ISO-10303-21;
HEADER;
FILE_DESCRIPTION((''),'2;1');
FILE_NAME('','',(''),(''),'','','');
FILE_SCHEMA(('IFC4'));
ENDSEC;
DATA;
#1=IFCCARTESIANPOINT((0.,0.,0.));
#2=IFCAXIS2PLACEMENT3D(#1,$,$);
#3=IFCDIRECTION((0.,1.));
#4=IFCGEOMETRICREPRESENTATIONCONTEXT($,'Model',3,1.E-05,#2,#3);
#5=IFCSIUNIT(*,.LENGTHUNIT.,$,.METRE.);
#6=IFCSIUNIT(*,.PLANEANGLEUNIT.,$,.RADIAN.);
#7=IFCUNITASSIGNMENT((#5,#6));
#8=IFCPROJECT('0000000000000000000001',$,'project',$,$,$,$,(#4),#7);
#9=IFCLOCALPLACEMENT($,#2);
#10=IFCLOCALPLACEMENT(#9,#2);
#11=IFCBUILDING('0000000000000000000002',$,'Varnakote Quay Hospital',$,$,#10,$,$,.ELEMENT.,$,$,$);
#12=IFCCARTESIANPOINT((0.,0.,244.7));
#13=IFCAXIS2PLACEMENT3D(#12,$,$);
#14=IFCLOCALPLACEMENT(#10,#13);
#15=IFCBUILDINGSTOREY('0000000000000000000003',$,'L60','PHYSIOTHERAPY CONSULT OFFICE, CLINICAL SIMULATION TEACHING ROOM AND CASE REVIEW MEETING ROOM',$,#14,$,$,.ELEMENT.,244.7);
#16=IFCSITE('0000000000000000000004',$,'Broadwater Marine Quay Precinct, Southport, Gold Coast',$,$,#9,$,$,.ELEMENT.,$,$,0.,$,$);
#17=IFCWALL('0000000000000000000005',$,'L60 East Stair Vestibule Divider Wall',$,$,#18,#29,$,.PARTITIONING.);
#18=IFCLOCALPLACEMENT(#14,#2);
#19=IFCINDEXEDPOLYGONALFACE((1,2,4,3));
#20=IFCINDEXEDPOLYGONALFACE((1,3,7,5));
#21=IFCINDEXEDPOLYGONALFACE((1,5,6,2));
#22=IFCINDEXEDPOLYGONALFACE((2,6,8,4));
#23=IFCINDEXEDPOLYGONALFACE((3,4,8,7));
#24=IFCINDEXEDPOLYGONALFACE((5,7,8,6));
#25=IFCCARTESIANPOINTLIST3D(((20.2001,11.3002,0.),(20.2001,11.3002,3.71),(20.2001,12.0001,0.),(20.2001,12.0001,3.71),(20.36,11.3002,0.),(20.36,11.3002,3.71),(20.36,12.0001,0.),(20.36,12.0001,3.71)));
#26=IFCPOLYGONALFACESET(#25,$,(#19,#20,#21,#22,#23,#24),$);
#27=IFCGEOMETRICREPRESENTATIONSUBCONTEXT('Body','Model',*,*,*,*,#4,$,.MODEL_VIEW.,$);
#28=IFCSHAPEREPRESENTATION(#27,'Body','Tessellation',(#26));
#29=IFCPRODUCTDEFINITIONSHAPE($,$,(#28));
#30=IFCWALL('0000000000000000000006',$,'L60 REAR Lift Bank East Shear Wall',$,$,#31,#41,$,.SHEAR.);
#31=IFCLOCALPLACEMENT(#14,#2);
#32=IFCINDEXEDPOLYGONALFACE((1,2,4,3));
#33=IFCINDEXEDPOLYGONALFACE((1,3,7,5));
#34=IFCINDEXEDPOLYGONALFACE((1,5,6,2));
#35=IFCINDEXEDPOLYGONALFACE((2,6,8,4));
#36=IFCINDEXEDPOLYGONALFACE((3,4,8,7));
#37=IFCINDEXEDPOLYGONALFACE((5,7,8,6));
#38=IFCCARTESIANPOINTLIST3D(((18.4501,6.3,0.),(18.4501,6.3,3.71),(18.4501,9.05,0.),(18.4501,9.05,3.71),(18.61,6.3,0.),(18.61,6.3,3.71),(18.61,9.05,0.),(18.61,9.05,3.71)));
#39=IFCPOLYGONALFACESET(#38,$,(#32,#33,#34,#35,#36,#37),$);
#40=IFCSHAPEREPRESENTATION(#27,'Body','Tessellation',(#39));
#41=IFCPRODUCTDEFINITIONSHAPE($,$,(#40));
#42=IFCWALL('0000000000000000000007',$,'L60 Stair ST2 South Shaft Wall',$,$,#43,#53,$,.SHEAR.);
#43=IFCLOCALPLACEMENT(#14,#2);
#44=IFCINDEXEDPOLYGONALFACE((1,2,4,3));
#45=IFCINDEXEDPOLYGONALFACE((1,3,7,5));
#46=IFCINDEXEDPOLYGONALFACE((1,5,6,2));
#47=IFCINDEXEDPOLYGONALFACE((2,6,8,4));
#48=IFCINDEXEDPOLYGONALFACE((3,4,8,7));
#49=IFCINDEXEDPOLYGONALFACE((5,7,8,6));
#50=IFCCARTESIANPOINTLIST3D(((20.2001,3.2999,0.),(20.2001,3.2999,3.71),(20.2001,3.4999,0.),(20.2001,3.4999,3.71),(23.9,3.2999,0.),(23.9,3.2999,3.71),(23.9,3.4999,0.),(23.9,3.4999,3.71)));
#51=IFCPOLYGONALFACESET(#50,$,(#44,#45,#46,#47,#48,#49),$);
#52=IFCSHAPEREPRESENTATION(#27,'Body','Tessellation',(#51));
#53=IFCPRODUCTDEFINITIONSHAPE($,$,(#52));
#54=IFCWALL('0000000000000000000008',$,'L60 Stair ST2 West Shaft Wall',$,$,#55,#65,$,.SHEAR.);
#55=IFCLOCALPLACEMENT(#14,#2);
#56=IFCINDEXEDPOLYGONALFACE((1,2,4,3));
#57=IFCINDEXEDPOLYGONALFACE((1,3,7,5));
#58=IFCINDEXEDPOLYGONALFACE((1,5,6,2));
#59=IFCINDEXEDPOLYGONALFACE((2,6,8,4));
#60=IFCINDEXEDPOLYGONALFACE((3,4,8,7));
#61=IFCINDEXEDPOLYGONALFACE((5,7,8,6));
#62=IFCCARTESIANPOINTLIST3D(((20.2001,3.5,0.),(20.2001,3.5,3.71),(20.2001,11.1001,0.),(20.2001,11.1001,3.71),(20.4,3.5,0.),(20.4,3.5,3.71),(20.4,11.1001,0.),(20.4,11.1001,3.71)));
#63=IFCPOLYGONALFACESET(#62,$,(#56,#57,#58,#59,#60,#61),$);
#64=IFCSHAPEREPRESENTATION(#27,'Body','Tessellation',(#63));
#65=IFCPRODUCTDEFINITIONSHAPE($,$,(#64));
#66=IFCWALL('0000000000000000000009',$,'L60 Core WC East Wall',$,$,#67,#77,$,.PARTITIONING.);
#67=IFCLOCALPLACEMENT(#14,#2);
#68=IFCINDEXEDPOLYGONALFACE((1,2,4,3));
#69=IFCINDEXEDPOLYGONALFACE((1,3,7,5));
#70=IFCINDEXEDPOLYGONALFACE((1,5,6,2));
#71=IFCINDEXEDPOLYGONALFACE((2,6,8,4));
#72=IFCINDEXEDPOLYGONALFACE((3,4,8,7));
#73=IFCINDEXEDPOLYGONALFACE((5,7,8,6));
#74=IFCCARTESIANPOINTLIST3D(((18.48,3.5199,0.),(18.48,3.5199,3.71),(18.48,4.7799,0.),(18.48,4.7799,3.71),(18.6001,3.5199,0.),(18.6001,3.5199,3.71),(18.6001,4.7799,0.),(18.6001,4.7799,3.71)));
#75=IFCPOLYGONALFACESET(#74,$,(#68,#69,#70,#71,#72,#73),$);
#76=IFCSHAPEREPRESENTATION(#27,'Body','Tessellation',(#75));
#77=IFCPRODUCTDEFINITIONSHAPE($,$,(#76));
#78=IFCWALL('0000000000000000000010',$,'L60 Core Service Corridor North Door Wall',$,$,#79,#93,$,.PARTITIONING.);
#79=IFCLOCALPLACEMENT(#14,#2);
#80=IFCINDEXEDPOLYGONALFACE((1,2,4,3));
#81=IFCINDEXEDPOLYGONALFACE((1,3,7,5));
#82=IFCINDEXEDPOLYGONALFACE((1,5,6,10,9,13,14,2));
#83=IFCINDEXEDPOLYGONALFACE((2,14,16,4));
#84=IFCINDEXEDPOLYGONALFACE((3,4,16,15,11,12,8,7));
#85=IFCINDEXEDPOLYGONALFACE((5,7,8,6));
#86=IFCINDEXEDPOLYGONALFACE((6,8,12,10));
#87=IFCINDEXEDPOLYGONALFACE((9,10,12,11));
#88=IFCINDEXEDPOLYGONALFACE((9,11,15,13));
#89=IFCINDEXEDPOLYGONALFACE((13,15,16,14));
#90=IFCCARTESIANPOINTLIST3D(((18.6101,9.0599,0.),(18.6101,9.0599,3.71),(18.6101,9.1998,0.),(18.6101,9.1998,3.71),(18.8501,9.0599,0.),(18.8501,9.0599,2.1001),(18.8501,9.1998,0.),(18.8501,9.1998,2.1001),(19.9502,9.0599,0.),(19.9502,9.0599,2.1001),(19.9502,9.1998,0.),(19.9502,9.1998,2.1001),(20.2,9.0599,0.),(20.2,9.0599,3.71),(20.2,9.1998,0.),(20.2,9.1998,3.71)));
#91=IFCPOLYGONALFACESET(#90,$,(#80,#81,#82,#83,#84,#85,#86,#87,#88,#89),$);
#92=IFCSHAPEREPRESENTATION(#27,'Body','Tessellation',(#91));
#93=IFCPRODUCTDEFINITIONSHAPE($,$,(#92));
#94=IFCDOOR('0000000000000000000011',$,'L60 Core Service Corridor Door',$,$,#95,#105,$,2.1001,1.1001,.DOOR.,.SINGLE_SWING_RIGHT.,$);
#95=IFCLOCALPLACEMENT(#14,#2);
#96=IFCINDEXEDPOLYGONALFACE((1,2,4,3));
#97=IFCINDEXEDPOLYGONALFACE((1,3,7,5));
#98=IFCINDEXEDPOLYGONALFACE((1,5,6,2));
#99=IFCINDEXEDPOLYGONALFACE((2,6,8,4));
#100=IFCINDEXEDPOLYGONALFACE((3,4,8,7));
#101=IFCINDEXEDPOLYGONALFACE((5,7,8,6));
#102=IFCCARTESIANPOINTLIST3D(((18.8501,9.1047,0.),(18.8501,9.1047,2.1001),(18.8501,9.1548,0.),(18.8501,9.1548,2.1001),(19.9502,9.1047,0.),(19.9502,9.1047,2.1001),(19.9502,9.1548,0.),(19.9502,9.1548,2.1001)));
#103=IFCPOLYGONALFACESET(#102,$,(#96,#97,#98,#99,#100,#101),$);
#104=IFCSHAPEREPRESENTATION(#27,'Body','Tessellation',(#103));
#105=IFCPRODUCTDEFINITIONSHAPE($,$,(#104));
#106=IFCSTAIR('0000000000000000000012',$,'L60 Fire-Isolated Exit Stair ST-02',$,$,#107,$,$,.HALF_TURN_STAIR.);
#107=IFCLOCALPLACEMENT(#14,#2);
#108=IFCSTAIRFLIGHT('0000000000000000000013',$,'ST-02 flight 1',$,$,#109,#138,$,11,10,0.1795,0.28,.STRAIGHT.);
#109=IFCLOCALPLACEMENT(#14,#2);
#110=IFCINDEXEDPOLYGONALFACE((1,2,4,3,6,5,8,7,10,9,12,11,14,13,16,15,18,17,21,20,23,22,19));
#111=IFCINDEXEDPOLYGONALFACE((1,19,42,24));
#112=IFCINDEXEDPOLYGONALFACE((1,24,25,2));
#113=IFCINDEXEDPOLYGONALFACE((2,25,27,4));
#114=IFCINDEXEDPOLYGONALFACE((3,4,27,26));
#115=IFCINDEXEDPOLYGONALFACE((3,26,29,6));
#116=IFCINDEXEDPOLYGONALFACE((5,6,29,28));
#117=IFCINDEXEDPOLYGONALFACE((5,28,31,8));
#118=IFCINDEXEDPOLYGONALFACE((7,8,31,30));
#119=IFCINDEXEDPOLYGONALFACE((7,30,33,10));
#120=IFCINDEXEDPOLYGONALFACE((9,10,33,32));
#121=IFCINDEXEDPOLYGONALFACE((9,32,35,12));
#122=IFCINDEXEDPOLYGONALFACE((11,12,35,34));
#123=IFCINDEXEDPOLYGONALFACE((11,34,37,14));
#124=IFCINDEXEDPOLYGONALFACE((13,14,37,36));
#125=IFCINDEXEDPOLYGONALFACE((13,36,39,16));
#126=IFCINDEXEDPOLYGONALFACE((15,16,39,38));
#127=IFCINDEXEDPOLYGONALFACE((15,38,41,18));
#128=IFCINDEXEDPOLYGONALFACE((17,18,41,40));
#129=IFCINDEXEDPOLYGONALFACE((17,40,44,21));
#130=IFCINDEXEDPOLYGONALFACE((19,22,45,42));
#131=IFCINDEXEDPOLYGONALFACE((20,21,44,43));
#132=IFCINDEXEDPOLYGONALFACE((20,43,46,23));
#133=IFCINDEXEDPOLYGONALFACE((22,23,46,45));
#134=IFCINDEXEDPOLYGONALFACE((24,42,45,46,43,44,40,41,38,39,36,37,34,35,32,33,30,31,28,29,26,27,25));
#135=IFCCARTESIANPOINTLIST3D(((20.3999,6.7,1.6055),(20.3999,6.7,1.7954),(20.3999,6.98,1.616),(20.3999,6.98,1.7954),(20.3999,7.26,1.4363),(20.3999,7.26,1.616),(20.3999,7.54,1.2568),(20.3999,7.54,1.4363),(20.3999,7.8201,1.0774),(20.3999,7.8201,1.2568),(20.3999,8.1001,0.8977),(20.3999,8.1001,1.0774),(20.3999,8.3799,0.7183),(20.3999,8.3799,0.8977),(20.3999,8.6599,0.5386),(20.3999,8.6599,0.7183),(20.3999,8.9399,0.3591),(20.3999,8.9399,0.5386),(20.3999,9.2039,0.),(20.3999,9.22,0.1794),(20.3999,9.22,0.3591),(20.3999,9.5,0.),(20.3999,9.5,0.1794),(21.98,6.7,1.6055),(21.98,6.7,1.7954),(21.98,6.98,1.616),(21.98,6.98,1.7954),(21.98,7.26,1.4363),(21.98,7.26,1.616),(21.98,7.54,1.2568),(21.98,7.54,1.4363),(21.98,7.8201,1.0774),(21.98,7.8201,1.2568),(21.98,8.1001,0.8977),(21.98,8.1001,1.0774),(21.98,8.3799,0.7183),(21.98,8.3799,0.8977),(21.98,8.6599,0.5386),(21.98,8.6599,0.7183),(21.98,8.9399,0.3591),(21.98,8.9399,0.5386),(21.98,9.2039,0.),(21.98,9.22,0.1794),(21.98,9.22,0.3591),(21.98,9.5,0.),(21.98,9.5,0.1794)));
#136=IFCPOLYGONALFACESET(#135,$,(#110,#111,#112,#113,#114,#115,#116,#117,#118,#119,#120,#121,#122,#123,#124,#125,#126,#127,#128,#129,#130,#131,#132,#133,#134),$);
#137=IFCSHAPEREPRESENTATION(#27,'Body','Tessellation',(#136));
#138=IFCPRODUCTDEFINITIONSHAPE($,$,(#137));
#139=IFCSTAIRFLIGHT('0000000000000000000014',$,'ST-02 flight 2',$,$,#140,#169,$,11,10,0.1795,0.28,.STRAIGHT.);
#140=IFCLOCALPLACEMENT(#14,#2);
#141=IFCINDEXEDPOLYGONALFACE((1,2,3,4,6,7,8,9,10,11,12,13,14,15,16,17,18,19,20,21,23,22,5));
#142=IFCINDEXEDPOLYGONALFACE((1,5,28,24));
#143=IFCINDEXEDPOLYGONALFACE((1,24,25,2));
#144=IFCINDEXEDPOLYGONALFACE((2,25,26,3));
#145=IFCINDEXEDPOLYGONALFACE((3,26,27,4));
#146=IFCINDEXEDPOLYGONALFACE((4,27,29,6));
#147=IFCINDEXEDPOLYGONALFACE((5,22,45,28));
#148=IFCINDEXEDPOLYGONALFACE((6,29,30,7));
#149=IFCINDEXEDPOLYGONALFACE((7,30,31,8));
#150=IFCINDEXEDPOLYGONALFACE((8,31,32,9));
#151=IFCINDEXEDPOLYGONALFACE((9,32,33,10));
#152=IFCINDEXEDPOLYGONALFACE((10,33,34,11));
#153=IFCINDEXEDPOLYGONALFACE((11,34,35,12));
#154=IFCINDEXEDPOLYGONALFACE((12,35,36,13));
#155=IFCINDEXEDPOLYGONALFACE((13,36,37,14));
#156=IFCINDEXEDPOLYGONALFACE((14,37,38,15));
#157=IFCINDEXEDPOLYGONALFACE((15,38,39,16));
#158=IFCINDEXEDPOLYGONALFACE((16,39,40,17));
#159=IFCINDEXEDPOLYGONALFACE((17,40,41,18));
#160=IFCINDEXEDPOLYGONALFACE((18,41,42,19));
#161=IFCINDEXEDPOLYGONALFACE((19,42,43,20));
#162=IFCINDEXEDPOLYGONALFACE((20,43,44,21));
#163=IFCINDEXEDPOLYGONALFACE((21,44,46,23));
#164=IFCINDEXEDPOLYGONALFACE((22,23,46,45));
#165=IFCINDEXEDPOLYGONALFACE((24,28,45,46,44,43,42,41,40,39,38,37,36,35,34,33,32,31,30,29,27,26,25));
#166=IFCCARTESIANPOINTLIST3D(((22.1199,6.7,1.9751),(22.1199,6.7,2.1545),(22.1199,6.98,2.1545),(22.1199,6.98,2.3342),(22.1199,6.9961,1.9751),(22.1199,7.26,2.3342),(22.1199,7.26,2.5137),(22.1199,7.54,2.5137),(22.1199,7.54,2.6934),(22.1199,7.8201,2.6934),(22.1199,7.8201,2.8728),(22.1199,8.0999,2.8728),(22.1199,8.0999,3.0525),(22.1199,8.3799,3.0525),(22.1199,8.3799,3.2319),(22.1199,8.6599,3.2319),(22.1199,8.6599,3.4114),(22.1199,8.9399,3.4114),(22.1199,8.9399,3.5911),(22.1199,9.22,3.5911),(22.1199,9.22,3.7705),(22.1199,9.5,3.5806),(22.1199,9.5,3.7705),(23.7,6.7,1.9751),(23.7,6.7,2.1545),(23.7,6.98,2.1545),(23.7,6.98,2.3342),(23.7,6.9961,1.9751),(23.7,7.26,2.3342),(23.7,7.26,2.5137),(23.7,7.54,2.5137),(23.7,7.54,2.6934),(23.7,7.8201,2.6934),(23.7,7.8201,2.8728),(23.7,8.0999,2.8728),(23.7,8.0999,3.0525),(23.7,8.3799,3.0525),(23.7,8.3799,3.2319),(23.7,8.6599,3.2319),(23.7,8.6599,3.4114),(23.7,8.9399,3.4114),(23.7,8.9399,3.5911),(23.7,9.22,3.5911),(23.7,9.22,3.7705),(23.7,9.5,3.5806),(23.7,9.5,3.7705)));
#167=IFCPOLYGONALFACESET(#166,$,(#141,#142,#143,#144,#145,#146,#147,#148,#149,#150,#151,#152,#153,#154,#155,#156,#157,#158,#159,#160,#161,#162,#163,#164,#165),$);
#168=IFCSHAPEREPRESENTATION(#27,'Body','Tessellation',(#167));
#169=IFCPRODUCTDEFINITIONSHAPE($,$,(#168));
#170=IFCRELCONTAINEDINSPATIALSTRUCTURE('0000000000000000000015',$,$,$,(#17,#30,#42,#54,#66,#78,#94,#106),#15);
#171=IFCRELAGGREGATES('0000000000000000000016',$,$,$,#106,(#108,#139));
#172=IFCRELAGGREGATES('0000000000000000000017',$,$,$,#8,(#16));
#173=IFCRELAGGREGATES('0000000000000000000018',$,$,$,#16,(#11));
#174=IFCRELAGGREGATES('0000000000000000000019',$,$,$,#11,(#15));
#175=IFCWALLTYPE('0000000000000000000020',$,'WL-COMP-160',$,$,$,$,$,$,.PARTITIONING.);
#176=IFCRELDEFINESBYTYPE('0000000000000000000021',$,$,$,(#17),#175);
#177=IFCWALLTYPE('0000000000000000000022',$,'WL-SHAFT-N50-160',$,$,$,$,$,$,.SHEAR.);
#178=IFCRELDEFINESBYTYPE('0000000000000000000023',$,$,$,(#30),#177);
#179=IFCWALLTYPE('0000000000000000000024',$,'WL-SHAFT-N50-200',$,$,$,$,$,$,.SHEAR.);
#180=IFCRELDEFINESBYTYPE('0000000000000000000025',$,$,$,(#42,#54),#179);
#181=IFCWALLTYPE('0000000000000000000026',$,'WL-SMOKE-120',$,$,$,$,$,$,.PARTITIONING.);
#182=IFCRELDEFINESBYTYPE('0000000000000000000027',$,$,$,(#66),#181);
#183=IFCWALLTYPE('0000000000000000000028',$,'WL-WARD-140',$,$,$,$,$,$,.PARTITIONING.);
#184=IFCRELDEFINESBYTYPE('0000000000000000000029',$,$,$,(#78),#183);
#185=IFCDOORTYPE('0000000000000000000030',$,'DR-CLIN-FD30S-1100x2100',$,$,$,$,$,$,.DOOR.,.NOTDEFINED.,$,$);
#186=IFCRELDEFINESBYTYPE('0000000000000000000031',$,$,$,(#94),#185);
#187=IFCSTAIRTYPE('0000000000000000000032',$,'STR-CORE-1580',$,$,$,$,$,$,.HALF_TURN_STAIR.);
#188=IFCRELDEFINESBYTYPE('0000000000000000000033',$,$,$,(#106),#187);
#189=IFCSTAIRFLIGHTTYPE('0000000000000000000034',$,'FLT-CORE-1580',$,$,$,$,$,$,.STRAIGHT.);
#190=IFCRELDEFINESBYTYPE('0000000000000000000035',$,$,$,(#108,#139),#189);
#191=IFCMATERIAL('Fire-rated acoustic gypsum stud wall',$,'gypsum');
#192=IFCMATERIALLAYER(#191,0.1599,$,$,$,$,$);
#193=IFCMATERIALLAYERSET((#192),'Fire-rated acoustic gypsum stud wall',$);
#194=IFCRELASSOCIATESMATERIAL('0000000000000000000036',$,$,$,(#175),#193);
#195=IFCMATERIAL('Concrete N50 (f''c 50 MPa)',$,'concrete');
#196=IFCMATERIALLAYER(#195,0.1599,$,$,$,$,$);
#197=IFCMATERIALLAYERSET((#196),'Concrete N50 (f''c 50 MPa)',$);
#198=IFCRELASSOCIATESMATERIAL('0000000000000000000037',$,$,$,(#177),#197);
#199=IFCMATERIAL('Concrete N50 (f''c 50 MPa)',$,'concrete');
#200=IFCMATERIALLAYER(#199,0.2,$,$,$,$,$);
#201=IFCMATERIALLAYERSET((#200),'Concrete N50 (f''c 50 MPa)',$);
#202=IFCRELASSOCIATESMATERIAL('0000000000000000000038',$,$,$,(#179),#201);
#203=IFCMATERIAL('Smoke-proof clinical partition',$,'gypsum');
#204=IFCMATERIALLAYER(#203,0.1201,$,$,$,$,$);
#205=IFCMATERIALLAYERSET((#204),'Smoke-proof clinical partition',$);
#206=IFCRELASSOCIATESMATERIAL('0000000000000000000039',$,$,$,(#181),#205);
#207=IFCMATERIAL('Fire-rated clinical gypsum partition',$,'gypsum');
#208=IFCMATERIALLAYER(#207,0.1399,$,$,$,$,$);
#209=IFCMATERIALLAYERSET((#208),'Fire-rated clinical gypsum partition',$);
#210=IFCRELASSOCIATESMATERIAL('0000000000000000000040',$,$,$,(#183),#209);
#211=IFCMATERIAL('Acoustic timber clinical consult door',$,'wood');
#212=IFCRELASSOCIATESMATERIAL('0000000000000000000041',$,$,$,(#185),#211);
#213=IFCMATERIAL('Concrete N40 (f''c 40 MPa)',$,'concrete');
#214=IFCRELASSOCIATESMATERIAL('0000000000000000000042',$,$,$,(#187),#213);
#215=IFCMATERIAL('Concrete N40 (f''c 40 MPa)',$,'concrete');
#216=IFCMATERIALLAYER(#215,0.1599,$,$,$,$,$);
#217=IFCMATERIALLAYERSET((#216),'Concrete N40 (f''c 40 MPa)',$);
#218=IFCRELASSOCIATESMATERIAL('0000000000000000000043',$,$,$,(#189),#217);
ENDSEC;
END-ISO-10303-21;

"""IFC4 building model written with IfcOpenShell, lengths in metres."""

from ifc_helpers import new_model, si_unit, direction, frame, frame_2d, origin, place, context, subcontext, project, spatial, polyline, rectangle, outline, extrude, material, layer, layer_set, type_object, element, fill, aggregate, save


model = new_model("IFC4")

# Units and contexts
model_context = context("Model", 3, precision=1e-05, world=origin(), true_north=direction((0.0, 1.0)))
body_context = subcontext(model_context, "Body", "Model", "MODEL_VIEW")
ifc_project = project(units=[si_unit("LENGTHUNIT", "METRE"), si_unit("PLANEANGLEUNIT", "RADIAN")], contexts=[model_context])

# Site, building, storey
site_placement = place(None, origin())
site = spatial("IfcSite", under=ifc_project, at=site_placement, Name="Broadwater Marine Quay Precinct, Southport, Gold Coast", CompositionType="ELEMENT", RefElevation=0.0)
building_placement = place(site_placement, origin())
building = spatial("IfcBuilding", under=site, at=building_placement, Name="Varnakote Quay Hospital", CompositionType="ELEMENT")
storey_placement = place(building_placement, frame((0.0, 0.0, 244.7)))
storey = spatial("IfcBuildingStorey", under=building, at=storey_placement, Name="L60", Description="PHYSIOTHERAPY CONSULT OFFICE, CLINICAL SIMULATION TEACHING ROOM AND CASE REVIEW MEETING ROOM", CompositionType="ELEMENT", Elevation=244.7)

# Walls
ifc_material_1 = material(Name="Fire-rated acoustic gypsum stud wall", Category="gypsum")
ifc_layer_1 = layer(ifc_material_1, 0.1599)
ifc_layer_set_1 = layer_set([ifc_layer_1], Name="Fire-rated acoustic gypsum stud wall")
wall_type_1 = type_object("IfcWallType", Name="WL-COMP-160", PredefinedType="PARTITIONING", material=ifc_layer_set_1)
wall_1_placement = place(storey_placement, frame((20.28, 11.3, 0.0), z_axis=(0.0, 0.0, 1.0), x_axis=(0.0, 1.0, 0.0)))
element("IfcWall", 1, at=wall_1_placement, inside=storey, type_object=wall_type_1, Name="L60 East Stair Vestibule Divider Wall", PredefinedType="PARTITIONING", context=body_context, shape_type="SweptSolid", body=[
    extrude(rectangle(XDim=0.7, YDim=0.1599, at=frame_2d((0.3501, 0.0))), origin(), (0.0, 0.0, 1.0), 3.71),
])
ifc_material_2 = material(Name="Concrete N50 (f'c 50 MPa)", Category="concrete")
ifc_layer_2 = layer(ifc_material_2, 0.1599)
ifc_layer_set_2 = layer_set([ifc_layer_2], Name="Concrete N50 (f'c 50 MPa)")
wall_type_2 = type_object("IfcWallType", Name="WL-SHAFT-N50-160", PredefinedType="SHEAR", material=ifc_layer_set_2)
wall_2_placement = place(storey_placement, frame((18.53, 6.3, 0.0), z_axis=(0.0, 0.0, 1.0), x_axis=(0.0, 1.0, 0.0)))
element("IfcWall", 2, at=wall_2_placement, inside=storey, type_object=wall_type_2, Name="L60 REAR Lift Bank East Shear Wall", PredefinedType="SHEAR", context=body_context, shape_type="SweptSolid", body=[
    extrude(rectangle(XDim=2.75, YDim=0.1599, at=frame_2d((1.375, 0.0))), origin(), (0.0, 0.0, 1.0), 3.71),
])

# Walls
ifc_material_3 = material(Name="Concrete N50 (f'c 50 MPa)", Category="concrete")
ifc_layer_3 = layer(ifc_material_3, 0.2)
ifc_layer_set_3 = layer_set([ifc_layer_3], Name="Concrete N50 (f'c 50 MPa)")
wall_type_3 = type_object("IfcWallType", Name="WL-SHAFT-N50-200", PredefinedType="SHEAR", material=ifc_layer_set_3)
wall_3_placement = place(storey_placement, frame((20.2, 3.3999, 0.0), z_axis=(0.0, 0.0, 1.0), x_axis=(1.0, 0.0, 0.0)))
element("IfcWall", 3, at=wall_3_placement, inside=storey, type_object=wall_type_3, Name="L60 Stair ST2 South Shaft Wall", PredefinedType="SHEAR", context=body_context, shape_type="SweptSolid", body=[
    extrude(rectangle(XDim=3.7, YDim=0.2, at=frame_2d((1.8501, 0.0))), origin(), (0.0, 0.0, 1.0), 3.71),
])
wall_4_placement = place(storey_placement, frame((20.3, 3.5, 0.0), z_axis=(0.0, 0.0, 1.0), x_axis=(0.0, 1.0, 0.0)))
element("IfcWall", 4, at=wall_4_placement, inside=storey, type_object=wall_type_3, Name="L60 Stair ST2 West Shaft Wall", PredefinedType="SHEAR", context=body_context, shape_type="SweptSolid", body=[
    extrude(rectangle(XDim=7.6001, YDim=0.2, at=frame_2d((3.8, 0.0))), origin(), (0.0, 0.0, 1.0), 3.71),
])

# Wall
ifc_material_4 = material(Name="Smoke-proof clinical partition", Category="gypsum")
ifc_layer_4 = layer(ifc_material_4, 0.1201)
ifc_layer_set_4 = layer_set([ifc_layer_4], Name="Smoke-proof clinical partition")
wall_type_4 = type_object("IfcWallType", Name="WL-SMOKE-120", PredefinedType="PARTITIONING", material=ifc_layer_set_4)
wall_5_placement = place(storey_placement, frame((18.54, 3.52, 0.0), z_axis=(0.0, 0.0, 1.0), x_axis=(0.0, 1.0, 0.0)))
element("IfcWall", 5, at=wall_5_placement, inside=storey, type_object=wall_type_4, Name="L60 Core WC East Wall", PredefinedType="PARTITIONING", context=body_context, shape_type="SweptSolid", body=[
    extrude(rectangle(XDim=1.26, YDim=0.1201, at=frame_2d((0.6299, 0.0))), origin(), (0.0, 0.0, 1.0), 3.71),
])

# Wall, opening, door
ifc_material_5 = material(Name="Fire-rated clinical gypsum partition", Category="gypsum")
ifc_layer_5 = layer(ifc_material_5, 0.1399)
ifc_layer_set_5 = layer_set([ifc_layer_5], Name="Fire-rated clinical gypsum partition")
wall_type_5 = type_object("IfcWallType", Name="WL-WARD-140", PredefinedType="PARTITIONING", material=ifc_layer_set_5)
wall_6_placement = place(storey_placement, frame((18.6101, 9.1299, 0.0), z_axis=(0.0, 0.0, 1.0), x_axis=(1.0, 0.0, 0.0)))
wall_6 = element("IfcWall", 6, at=wall_6_placement, inside=storey, type_object=wall_type_5, Name="L60 Core Service Corridor North Door Wall", PredefinedType="PARTITIONING", context=body_context, shape_type="SweptSolid", body=[
    extrude(rectangle(XDim=1.5898, YDim=0.1399, at=frame_2d((0.7949, 0.0))), origin(), (0.0, 0.0, 1.0), 3.71),
])
opening_1_placement = place(wall_6_placement, frame((0.24, 0.0, 0.0)))
opening_1 = element("IfcOpeningElement", 7, at=opening_1_placement, cuts=wall_6, PredefinedType="OPENING", context=body_context, shape_type="SweptSolid", body=[
    extrude(rectangle(XDim=1.1001, YDim=2.1001, at=frame_2d((0.55, 1.05))), frame((0.0, 0.0798, 0.0), z_axis=(0.0, -1.0, 0.0), x_axis=(1.0, 0.0, 0.0)), (0.0, 0.0, 1.0), 0.1599),
])
ifc_material_6 = material(Name="Acoustic timber clinical consult door", Category="wood")
door_type_1 = type_object("IfcDoorType", Name="DR-CLIN-FD30S-1100x2100", OperationType="NOTDEFINED", PredefinedType="DOOR", material=ifc_material_6)
door_1_placement = place(opening_1_placement, origin())
door_1 = element("IfcDoor", 8, at=door_1_placement, inside=storey, type_object=door_type_1, Name="L60 Core Service Corridor Door", OperationType="SINGLE_SWING_RIGHT", OverallHeight=2.1001, OverallWidth=1.1001, PredefinedType="DOOR", context=body_context, shape_type="SweptSolid", body=[
    extrude(rectangle(XDim=1.1001, YDim=2.1001, at=frame_2d((0.55, 1.05))), frame((0.0, 0.0249, 0.0), z_axis=(0.0, -1.0, 0.0), x_axis=(1.0, 0.0, 0.0)), (0.0, 0.0, 1.0), 0.05),
])
fill(opening_1, door_1)

# Stair, stair flights
ifc_material_7 = material(Name="Concrete N40 (f'c 40 MPa)", Category="concrete")
stair_type = type_object("IfcStairType", Name="STR-CORE-1580", PredefinedType="HALF_TURN_STAIR", material=ifc_material_7)
stair_placement = place(storey_placement, origin())
stair = element("IfcStair", 9, at=stair_placement, inside=storey, type_object=stair_type, Name="L60 Fire-Isolated Exit Stair ST-02", PredefinedType="HALF_TURN_STAIR")
ifc_material_8 = material(Name="Concrete N40 (f'c 40 MPa)", Category="concrete")
ifc_layer_6 = layer(ifc_material_8, 0.1599)
ifc_layer_set_6 = layer_set([ifc_layer_6], Name="Concrete N40 (f'c 40 MPa)")
stair_flight_type = type_object("IfcStairFlightType", Name="FLT-CORE-1580", PredefinedType="STRAIGHT", material=ifc_layer_set_6)
stair_flight_1_placement = place(storey_placement, frame((21.1899, 9.5, 0.0), z_axis=(0.0, 0.0, 1.0), x_axis=(0.0, -1.0, 0.0)))
stair_flight_1 = element("IfcStairFlight", 10, at=stair_flight_1_placement, type_object=stair_flight_type, Name="ST-02 flight 1", NumberOfRisers=11, NumberOfTreads=10, PredefinedType="STRAIGHT", RiserHeight=0.1795, TreadLength=0.28, context=body_context, shape_type="SweptSolid", body=[
    extrude(outline(polyline([(0.0, 0.0), (0.0, 0.1794), (0.28, 0.1794), (0.28, 0.3591), (0.5601, 0.3591), (0.5601, 0.5386), (0.8401, 0.5386), (0.8401, 0.7183), (1.1201, 0.7183), (1.1201, 0.8977), (1.3999, 0.8977), (1.3999, 1.0774), (1.6799, 1.0774), (1.6799, 1.2568), (1.96, 1.2568), (1.96, 1.4363), (2.24, 1.4363), (2.24, 1.616), (2.52, 1.616), (2.52, 1.7954), (2.8, 1.7954), (2.8, 1.9751), (2.8, 1.6055), (0.2961, 0.0), (0.0, 0.0)])), frame((0.0, 0.79, 0.0), z_axis=(0.0, -1.0, 0.0), x_axis=(1.0, 0.0, 0.0)), (0.0, 0.0, 1.0), 1.5801),
])
stair_flight_2_placement = place(storey_placement, frame((22.9099, 6.7, 1.9751), z_axis=(0.0, 0.0, 1.0), x_axis=(0.0, 1.0, 0.0)))
stair_flight_2 = element("IfcStairFlight", 11, at=stair_flight_2_placement, type_object=stair_flight_type, Name="ST-02 flight 2", NumberOfRisers=11, NumberOfTreads=10, PredefinedType="STRAIGHT", RiserHeight=0.1795, TreadLength=0.28, context=body_context, shape_type="SweptSolid", body=[
    extrude(outline(polyline([(0.0, 0.0), (0.0, 0.1794), (0.28, 0.1794), (0.28, 0.3591), (0.5601, 0.3591), (0.5601, 0.5386), (0.8401, 0.5386), (0.8401, 0.7183), (1.1201, 0.7183), (1.1201, 0.8977), (1.3999, 0.8977), (1.3999, 1.0774), (1.6799, 1.0774), (1.6799, 1.2568), (1.96, 1.2568), (1.96, 1.4363), (2.24, 1.4363), (2.24, 1.616), (2.52, 1.616), (2.52, 1.7954), (2.8, 1.7954), (2.8, 1.9751), (2.8, 1.6055), (0.2961, 0.0), (0.0, 0.0)])), frame((0.0, 0.79, 0.0), z_axis=(0.0, -1.0, 0.0), x_axis=(1.0, 0.0, 0.0)), (0.0, 0.0, 1.0), 1.5801),
])
aggregate(stair, [stair_flight_1, stair_flight_2])

save(model, "model.ifc")
